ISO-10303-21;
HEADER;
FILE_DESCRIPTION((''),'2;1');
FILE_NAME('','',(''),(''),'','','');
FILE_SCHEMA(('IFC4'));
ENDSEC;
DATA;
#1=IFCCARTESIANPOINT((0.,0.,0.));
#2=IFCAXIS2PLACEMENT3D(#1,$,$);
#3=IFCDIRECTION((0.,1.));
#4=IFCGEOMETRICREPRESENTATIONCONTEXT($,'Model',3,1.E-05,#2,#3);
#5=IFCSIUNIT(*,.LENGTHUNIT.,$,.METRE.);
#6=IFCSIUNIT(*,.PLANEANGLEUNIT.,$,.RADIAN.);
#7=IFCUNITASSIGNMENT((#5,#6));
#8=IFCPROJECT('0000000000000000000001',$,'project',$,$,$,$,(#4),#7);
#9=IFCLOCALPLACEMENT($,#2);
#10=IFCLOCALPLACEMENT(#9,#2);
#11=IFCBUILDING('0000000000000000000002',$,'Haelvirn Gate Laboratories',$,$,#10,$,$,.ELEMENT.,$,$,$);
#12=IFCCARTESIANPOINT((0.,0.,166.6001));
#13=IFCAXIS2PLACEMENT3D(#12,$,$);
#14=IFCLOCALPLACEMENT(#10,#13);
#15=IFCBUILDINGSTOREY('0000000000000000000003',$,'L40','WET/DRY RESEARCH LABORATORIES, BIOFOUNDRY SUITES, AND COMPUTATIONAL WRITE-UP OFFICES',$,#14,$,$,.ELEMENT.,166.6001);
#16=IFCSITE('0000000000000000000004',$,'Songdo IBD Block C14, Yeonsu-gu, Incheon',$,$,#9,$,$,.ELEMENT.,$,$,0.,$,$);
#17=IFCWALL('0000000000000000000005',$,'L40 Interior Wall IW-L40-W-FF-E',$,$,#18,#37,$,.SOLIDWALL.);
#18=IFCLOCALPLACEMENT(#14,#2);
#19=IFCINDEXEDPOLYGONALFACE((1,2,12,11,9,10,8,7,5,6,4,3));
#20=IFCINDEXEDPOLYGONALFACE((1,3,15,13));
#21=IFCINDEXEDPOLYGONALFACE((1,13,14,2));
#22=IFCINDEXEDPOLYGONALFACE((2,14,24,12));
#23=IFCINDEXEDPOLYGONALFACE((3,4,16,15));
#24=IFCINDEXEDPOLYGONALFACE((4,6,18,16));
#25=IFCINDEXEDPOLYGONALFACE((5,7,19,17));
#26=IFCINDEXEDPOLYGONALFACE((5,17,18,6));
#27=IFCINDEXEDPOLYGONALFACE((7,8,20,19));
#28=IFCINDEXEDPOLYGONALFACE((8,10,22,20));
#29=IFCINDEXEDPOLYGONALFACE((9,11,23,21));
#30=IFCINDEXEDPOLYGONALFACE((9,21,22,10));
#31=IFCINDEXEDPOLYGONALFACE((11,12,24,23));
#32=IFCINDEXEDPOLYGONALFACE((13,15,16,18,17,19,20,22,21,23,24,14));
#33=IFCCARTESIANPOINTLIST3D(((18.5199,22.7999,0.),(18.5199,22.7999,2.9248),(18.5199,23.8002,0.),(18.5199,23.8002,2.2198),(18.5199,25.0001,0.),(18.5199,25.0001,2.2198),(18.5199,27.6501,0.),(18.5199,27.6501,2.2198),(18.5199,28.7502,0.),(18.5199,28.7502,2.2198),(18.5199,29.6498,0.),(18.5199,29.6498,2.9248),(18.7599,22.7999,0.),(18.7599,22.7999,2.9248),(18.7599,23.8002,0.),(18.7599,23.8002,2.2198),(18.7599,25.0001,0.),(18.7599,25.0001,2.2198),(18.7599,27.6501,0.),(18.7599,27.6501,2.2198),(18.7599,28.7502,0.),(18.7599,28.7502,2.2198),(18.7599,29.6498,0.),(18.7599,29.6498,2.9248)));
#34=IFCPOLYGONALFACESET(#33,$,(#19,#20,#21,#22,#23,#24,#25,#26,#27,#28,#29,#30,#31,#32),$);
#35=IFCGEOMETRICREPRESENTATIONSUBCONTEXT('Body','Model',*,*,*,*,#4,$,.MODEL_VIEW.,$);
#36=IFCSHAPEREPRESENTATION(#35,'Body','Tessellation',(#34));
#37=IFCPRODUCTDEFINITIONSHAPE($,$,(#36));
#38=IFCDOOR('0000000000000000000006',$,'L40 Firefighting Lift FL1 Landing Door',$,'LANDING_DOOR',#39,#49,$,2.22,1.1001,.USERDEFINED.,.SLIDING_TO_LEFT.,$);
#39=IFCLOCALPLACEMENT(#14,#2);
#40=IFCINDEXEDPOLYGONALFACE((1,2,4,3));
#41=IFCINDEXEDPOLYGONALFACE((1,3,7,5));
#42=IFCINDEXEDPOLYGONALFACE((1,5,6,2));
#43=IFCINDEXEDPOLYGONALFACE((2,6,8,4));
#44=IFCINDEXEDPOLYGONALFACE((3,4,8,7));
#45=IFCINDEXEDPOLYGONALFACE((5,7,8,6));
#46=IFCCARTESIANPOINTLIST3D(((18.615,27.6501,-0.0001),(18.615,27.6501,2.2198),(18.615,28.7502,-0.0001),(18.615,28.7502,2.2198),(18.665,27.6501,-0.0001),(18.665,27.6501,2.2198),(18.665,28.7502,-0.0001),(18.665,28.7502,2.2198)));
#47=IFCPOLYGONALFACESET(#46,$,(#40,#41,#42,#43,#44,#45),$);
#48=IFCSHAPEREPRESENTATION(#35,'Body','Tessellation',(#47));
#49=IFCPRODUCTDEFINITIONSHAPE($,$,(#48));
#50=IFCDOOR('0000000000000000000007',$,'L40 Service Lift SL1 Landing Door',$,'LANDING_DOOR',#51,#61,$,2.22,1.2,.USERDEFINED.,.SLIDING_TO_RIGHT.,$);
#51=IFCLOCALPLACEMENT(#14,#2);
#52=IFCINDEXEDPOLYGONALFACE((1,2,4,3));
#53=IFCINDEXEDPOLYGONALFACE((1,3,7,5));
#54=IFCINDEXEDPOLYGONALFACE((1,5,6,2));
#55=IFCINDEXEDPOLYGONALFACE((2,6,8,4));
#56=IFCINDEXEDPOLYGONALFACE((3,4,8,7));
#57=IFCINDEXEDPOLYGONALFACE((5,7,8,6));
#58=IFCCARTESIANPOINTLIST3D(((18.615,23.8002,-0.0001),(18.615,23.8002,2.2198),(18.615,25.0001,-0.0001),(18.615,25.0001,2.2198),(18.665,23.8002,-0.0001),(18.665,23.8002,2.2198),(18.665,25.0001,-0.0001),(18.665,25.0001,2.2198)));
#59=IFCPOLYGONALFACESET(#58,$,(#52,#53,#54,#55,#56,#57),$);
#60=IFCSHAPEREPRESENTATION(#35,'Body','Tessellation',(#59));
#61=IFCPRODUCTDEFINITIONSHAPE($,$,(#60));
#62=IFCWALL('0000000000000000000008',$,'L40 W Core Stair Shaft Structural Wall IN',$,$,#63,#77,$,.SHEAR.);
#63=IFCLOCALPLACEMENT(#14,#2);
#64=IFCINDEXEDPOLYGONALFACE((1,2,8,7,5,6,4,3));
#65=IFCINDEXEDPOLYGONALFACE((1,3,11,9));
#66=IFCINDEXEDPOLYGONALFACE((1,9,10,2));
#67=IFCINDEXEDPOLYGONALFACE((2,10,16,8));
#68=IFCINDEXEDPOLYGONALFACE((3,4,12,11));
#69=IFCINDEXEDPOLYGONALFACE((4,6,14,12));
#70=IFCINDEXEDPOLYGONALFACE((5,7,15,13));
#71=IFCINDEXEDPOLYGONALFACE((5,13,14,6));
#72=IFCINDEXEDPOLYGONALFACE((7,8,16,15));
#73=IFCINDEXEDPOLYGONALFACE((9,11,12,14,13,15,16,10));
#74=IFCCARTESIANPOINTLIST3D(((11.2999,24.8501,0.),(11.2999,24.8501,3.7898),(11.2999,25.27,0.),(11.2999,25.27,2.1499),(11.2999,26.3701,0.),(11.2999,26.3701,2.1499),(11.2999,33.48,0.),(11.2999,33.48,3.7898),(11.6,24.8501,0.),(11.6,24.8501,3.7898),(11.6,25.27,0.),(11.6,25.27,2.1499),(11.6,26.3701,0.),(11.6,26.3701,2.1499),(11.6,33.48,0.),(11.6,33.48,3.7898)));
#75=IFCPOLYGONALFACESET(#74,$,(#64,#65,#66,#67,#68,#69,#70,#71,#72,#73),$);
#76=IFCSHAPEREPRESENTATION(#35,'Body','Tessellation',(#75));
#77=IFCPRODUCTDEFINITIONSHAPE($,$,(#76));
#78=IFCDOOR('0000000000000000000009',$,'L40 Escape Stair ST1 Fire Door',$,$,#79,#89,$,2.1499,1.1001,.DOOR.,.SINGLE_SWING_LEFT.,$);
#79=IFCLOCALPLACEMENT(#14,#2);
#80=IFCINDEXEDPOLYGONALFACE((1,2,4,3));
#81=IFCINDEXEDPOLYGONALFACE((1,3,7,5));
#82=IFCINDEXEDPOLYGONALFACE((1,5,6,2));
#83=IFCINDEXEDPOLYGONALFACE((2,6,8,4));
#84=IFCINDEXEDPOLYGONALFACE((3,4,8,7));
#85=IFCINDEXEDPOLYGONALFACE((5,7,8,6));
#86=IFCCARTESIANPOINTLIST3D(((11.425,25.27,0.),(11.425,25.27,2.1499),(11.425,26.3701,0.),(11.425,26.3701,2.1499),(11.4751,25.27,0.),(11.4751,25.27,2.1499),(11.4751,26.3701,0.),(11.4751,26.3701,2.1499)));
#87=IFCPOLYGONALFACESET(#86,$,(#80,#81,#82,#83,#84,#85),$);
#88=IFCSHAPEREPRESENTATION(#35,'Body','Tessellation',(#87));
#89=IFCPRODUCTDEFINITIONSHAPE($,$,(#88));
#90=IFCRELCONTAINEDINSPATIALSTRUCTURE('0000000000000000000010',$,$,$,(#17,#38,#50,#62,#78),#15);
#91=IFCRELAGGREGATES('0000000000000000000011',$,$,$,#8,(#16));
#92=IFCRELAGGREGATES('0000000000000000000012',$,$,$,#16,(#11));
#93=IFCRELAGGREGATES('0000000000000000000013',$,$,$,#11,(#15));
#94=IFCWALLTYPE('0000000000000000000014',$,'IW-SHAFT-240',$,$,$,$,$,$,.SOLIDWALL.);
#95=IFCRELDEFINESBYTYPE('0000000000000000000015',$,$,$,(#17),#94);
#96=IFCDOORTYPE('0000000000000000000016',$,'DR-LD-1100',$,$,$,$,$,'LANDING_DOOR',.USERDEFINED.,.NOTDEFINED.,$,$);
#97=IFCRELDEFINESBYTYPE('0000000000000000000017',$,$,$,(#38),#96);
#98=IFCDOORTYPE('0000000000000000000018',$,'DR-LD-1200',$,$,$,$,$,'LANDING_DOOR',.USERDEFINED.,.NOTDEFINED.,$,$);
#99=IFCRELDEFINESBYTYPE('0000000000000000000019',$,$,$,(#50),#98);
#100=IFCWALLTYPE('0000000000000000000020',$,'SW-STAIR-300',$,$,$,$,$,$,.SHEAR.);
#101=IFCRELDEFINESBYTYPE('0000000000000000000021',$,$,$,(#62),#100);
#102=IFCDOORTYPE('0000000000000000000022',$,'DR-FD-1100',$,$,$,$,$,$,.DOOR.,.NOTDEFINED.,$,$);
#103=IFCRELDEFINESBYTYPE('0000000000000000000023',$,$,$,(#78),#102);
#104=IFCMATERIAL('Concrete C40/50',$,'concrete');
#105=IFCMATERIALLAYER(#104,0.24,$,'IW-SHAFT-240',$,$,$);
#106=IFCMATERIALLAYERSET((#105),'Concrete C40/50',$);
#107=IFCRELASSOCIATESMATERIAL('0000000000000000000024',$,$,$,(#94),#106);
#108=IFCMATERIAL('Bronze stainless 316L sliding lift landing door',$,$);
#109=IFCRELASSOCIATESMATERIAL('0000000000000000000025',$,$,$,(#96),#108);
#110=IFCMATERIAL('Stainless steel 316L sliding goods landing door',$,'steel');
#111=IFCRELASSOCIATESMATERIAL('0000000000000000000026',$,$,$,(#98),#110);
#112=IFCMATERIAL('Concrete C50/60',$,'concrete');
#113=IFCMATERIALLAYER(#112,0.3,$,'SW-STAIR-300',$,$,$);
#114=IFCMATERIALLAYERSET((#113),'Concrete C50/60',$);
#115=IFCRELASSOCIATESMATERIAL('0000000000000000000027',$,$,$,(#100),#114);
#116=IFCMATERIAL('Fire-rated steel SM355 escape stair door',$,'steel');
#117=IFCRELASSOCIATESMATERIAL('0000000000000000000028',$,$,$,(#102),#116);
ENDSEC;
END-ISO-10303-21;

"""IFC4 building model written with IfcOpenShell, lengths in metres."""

from ifc_helpers import new_model, si_unit, direction, frame, frame_2d, origin, place, context, subcontext, project, spatial, rectangle, extrude, source, transform, mapped, material, layer, layer_set, type_object, type_shapes, element, fill, save


model = new_model("IFC4")

# Units and contexts
model_context = context("Model", 3, precision=1e-05, world=origin(), true_north=direction((0.0, 1.0)))
body_context = subcontext(model_context, "Body", "Model", "MODEL_VIEW")
ifc_project = project(units=[si_unit("LENGTHUNIT", "METRE"), si_unit("PLANEANGLEUNIT", "RADIAN")], contexts=[model_context])

# Site, building, storey
site_placement = place(None, origin())
site = spatial("IfcSite", under=ifc_project, at=site_placement, Name="Songdo IBD Block C14, Yeonsu-gu, Incheon", CompositionType="ELEMENT", RefElevation=0.0)
building_placement = place(site_placement, origin())
building = spatial("IfcBuilding", under=site, at=building_placement, Name="Haelvirn Gate Laboratories", CompositionType="ELEMENT")
storey_placement = place(building_placement, frame((0.0, 0.0, 166.6001)))
storey = spatial("IfcBuildingStorey", under=building, at=storey_placement, Name="L40", Description="WET/DRY RESEARCH LABORATORIES, BIOFOUNDRY SUITES, AND COMPUTATIONAL WRITE-UP OFFICES", CompositionType="ELEMENT", Elevation=166.6001)

# Shared definitions
ifc_material_1 = material(Name="Concrete C40/50", Category="concrete")

# Shared definitions
ifc_layer_1 = layer(ifc_material_1, 0.24, Name="IW-SHAFT-240")
ifc_layer_set_1 = layer_set([ifc_layer_1], Name="Concrete C40/50")
wall_type_1 = type_object("IfcWallType", Name="IW-SHAFT-240", PredefinedType="SOLIDWALL", material=ifc_layer_set_1)

# Wall, openings, doors
wall_1_placement = place(storey_placement, frame((18.6399, 22.8, 0.0), z_axis=(0.0, 0.0, 1.0), x_axis=(0.0, 1.0, 0.0)))
wall_1 = element("IfcWall", 1, at=wall_1_placement, inside=storey, type_object=wall_type_1, Name="L40 Interior Wall IW-L40-W-FF-E", PredefinedType="SOLIDWALL", context=body_context, shape_type="SweptSolid", body=[
    extrude(rectangle(XDim=6.8499, YDim=0.24, at=frame_2d((3.4248, 0.0))), origin(), (0.0, 0.0, 1.0), 2.9248),
])
opening_1_placement = place(wall_1_placement, frame((4.8501, 0.0, 0.0)))
opening_1 = element("IfcOpeningElement", 2, at=opening_1_placement, cuts=wall_1, PredefinedType="OPENING", context=body_context, shape_type="SweptSolid", body=[
    extrude(rectangle(XDim=1.1001, YDim=2.22, at=frame_2d((0.55, 1.1099))), frame((0.0, 0.1299, 0.0), z_axis=(0.0, -1.0, 0.0), x_axis=(1.0, 0.0, 0.0)), (0.0, 0.0, 1.0), 0.26),
])
opening_2_placement = place(wall_1_placement, frame((1.0, 0.0, 0.0)))
opening_2 = element("IfcOpeningElement", 3, at=opening_2_placement, cuts=wall_1, PredefinedType="OPENING", context=body_context, shape_type="SweptSolid", body=[
    extrude(rectangle(XDim=1.2, YDim=2.22, at=frame_2d((0.6001, 1.1099))), frame((0.0, 0.1299, 0.0), z_axis=(0.0, -1.0, 0.0), x_axis=(1.0, 0.0, 0.0)), (0.0, 0.0, 1.0), 0.26),
])
ifc_material_2 = material(Name="Bronze stainless 316L sliding lift landing door")
door_type_1 = type_object("IfcDoorType", Name="DR-LD-1100", ElementType="LANDING_DOOR", OperationType="NOTDEFINED", PredefinedType="USERDEFINED", material=ifc_material_2)
shared_shape_1 = source(origin(), body_context, "Body", "SweptSolid", [
    extrude(rectangle(XDim=1.1001, YDim=2.22, at=frame_2d((0.55, 1.1099))), frame((0.0, 0.0249, 0.0), z_axis=(0.0, -1.0, 0.0), x_axis=(1.0, 0.0, 0.0)), (0.0, 0.0, 1.0), 0.05),
])
type_shapes(door_type_1, [shared_shape_1])
door_1_placement = place(opening_1_placement, origin())
door_1 = element("IfcDoor", 4, at=door_1_placement, inside=storey, type_object=door_type_1, Name="L40 Firefighting Lift FL1 Landing Door", ObjectType="LANDING_DOOR", OperationType="SLIDING_TO_LEFT", OverallHeight=2.22, OverallWidth=1.1001, PredefinedType="USERDEFINED", context=body_context, shape_type="MappedRepresentation", body=[
    mapped(shared_shape_1, transform((0.0, 0.0, 0.0), scale=1.0)),
])
fill(opening_1, door_1)
ifc_material_3 = material(Name="Stainless steel 316L sliding goods landing door", Category="steel")
door_type_2 = type_object("IfcDoorType", Name="DR-LD-1200", ElementType="LANDING_DOOR", OperationType="NOTDEFINED", PredefinedType="USERDEFINED", material=ifc_material_3)
shared_shape_2 = source(origin(), body_context, "Body", "SweptSolid", [
    extrude(rectangle(XDim=1.2, YDim=2.22, at=frame_2d((0.6001, 1.1099))), frame((0.0, 0.0249, 0.0), z_axis=(0.0, -1.0, 0.0), x_axis=(1.0, 0.0, 0.0)), (0.0, 0.0, 1.0), 0.05),
])
type_shapes(door_type_2, [shared_shape_2])
door_2_placement = place(opening_2_placement, origin())
door_2 = element("IfcDoor", 5, at=door_2_placement, inside=storey, type_object=door_type_2, Name="L40 Service Lift SL1 Landing Door", ObjectType="LANDING_DOOR", OperationType="SLIDING_TO_RIGHT", OverallHeight=2.22, OverallWidth=1.2, PredefinedType="USERDEFINED", context=body_context, shape_type="MappedRepresentation", body=[
    mapped(shared_shape_2, transform((0.0, 0.0, 0.0), scale=1.0)),
])
fill(opening_2, door_2)

# Wall, opening, door
ifc_material_4 = material(Name="Concrete C50/60", Category="concrete")
ifc_layer_2 = layer(ifc_material_4, 0.3, Name="SW-STAIR-300")
ifc_layer_set_2 = layer_set([ifc_layer_2], Name="Concrete C50/60")
wall_type_2 = type_object("IfcWallType", Name="SW-STAIR-300", PredefinedType="SHEAR", material=ifc_layer_set_2)
wall_2_placement = place(storey_placement, frame((11.45, 24.8501, 0.0), z_axis=(0.0, 0.0, 1.0), x_axis=(0.0, 1.0, 0.0)))
wall_2 = element("IfcWall", 6, at=wall_2_placement, inside=storey, type_object=wall_type_2, Name="L40 W Core Stair Shaft Structural Wall IN", PredefinedType="SHEAR", context=body_context, shape_type="SweptSolid", body=[
    extrude(rectangle(XDim=8.6299, YDim=0.3, at=frame_2d((4.3149, 0.0))), origin(), (0.0, 0.0, 1.0), 3.7898),
])
opening_3_placement = place(wall_2_placement, frame((0.4199, 0.0, 0.0)))
opening_3 = element("IfcOpeningElement", 7, at=opening_3_placement, cuts=wall_2, PredefinedType="OPENING", context=body_context, shape_type="SweptSolid", body=[
    extrude(rectangle(XDim=1.1001, YDim=2.1499, at=frame_2d((0.55, 1.075))), frame((0.0, 0.1602, 0.0), z_axis=(0.0, -1.0, 0.0), x_axis=(1.0, 0.0, 0.0)), (0.0, 0.0, 1.0), 0.3201),
])
ifc_material_5 = material(Name="Fire-rated steel SM355 escape stair door", Category="steel")
door_type_3 = type_object("IfcDoorType", Name="DR-FD-1100", OperationType="NOTDEFINED", PredefinedType="DOOR", material=ifc_material_5)
shared_shape_3 = source(origin(), body_context, "Body", "SweptSolid", [
    extrude(rectangle(XDim=1.1001, YDim=2.1499, at=frame_2d((0.55, 1.075))), frame((0.0, 0.0249, 0.0), z_axis=(0.0, -1.0, 0.0), x_axis=(1.0, 0.0, 0.0)), (0.0, 0.0, 1.0), 0.05),
])
type_shapes(door_type_3, [shared_shape_3])
door_3_placement = place(opening_3_placement, origin())
door_3 = element("IfcDoor", 8, at=door_3_placement, inside=storey, type_object=door_type_3, Name="L40 Escape Stair ST1 Fire Door", OperationType="SINGLE_SWING_LEFT", OverallHeight=2.1499, OverallWidth=1.1001, PredefinedType="DOOR", context=body_context, shape_type="MappedRepresentation", body=[
    mapped(shared_shape_3, transform((0.0, 0.0, 0.0), scale=1.0)),
])
fill(opening_3, door_3)

save(model, "model.ifc")
